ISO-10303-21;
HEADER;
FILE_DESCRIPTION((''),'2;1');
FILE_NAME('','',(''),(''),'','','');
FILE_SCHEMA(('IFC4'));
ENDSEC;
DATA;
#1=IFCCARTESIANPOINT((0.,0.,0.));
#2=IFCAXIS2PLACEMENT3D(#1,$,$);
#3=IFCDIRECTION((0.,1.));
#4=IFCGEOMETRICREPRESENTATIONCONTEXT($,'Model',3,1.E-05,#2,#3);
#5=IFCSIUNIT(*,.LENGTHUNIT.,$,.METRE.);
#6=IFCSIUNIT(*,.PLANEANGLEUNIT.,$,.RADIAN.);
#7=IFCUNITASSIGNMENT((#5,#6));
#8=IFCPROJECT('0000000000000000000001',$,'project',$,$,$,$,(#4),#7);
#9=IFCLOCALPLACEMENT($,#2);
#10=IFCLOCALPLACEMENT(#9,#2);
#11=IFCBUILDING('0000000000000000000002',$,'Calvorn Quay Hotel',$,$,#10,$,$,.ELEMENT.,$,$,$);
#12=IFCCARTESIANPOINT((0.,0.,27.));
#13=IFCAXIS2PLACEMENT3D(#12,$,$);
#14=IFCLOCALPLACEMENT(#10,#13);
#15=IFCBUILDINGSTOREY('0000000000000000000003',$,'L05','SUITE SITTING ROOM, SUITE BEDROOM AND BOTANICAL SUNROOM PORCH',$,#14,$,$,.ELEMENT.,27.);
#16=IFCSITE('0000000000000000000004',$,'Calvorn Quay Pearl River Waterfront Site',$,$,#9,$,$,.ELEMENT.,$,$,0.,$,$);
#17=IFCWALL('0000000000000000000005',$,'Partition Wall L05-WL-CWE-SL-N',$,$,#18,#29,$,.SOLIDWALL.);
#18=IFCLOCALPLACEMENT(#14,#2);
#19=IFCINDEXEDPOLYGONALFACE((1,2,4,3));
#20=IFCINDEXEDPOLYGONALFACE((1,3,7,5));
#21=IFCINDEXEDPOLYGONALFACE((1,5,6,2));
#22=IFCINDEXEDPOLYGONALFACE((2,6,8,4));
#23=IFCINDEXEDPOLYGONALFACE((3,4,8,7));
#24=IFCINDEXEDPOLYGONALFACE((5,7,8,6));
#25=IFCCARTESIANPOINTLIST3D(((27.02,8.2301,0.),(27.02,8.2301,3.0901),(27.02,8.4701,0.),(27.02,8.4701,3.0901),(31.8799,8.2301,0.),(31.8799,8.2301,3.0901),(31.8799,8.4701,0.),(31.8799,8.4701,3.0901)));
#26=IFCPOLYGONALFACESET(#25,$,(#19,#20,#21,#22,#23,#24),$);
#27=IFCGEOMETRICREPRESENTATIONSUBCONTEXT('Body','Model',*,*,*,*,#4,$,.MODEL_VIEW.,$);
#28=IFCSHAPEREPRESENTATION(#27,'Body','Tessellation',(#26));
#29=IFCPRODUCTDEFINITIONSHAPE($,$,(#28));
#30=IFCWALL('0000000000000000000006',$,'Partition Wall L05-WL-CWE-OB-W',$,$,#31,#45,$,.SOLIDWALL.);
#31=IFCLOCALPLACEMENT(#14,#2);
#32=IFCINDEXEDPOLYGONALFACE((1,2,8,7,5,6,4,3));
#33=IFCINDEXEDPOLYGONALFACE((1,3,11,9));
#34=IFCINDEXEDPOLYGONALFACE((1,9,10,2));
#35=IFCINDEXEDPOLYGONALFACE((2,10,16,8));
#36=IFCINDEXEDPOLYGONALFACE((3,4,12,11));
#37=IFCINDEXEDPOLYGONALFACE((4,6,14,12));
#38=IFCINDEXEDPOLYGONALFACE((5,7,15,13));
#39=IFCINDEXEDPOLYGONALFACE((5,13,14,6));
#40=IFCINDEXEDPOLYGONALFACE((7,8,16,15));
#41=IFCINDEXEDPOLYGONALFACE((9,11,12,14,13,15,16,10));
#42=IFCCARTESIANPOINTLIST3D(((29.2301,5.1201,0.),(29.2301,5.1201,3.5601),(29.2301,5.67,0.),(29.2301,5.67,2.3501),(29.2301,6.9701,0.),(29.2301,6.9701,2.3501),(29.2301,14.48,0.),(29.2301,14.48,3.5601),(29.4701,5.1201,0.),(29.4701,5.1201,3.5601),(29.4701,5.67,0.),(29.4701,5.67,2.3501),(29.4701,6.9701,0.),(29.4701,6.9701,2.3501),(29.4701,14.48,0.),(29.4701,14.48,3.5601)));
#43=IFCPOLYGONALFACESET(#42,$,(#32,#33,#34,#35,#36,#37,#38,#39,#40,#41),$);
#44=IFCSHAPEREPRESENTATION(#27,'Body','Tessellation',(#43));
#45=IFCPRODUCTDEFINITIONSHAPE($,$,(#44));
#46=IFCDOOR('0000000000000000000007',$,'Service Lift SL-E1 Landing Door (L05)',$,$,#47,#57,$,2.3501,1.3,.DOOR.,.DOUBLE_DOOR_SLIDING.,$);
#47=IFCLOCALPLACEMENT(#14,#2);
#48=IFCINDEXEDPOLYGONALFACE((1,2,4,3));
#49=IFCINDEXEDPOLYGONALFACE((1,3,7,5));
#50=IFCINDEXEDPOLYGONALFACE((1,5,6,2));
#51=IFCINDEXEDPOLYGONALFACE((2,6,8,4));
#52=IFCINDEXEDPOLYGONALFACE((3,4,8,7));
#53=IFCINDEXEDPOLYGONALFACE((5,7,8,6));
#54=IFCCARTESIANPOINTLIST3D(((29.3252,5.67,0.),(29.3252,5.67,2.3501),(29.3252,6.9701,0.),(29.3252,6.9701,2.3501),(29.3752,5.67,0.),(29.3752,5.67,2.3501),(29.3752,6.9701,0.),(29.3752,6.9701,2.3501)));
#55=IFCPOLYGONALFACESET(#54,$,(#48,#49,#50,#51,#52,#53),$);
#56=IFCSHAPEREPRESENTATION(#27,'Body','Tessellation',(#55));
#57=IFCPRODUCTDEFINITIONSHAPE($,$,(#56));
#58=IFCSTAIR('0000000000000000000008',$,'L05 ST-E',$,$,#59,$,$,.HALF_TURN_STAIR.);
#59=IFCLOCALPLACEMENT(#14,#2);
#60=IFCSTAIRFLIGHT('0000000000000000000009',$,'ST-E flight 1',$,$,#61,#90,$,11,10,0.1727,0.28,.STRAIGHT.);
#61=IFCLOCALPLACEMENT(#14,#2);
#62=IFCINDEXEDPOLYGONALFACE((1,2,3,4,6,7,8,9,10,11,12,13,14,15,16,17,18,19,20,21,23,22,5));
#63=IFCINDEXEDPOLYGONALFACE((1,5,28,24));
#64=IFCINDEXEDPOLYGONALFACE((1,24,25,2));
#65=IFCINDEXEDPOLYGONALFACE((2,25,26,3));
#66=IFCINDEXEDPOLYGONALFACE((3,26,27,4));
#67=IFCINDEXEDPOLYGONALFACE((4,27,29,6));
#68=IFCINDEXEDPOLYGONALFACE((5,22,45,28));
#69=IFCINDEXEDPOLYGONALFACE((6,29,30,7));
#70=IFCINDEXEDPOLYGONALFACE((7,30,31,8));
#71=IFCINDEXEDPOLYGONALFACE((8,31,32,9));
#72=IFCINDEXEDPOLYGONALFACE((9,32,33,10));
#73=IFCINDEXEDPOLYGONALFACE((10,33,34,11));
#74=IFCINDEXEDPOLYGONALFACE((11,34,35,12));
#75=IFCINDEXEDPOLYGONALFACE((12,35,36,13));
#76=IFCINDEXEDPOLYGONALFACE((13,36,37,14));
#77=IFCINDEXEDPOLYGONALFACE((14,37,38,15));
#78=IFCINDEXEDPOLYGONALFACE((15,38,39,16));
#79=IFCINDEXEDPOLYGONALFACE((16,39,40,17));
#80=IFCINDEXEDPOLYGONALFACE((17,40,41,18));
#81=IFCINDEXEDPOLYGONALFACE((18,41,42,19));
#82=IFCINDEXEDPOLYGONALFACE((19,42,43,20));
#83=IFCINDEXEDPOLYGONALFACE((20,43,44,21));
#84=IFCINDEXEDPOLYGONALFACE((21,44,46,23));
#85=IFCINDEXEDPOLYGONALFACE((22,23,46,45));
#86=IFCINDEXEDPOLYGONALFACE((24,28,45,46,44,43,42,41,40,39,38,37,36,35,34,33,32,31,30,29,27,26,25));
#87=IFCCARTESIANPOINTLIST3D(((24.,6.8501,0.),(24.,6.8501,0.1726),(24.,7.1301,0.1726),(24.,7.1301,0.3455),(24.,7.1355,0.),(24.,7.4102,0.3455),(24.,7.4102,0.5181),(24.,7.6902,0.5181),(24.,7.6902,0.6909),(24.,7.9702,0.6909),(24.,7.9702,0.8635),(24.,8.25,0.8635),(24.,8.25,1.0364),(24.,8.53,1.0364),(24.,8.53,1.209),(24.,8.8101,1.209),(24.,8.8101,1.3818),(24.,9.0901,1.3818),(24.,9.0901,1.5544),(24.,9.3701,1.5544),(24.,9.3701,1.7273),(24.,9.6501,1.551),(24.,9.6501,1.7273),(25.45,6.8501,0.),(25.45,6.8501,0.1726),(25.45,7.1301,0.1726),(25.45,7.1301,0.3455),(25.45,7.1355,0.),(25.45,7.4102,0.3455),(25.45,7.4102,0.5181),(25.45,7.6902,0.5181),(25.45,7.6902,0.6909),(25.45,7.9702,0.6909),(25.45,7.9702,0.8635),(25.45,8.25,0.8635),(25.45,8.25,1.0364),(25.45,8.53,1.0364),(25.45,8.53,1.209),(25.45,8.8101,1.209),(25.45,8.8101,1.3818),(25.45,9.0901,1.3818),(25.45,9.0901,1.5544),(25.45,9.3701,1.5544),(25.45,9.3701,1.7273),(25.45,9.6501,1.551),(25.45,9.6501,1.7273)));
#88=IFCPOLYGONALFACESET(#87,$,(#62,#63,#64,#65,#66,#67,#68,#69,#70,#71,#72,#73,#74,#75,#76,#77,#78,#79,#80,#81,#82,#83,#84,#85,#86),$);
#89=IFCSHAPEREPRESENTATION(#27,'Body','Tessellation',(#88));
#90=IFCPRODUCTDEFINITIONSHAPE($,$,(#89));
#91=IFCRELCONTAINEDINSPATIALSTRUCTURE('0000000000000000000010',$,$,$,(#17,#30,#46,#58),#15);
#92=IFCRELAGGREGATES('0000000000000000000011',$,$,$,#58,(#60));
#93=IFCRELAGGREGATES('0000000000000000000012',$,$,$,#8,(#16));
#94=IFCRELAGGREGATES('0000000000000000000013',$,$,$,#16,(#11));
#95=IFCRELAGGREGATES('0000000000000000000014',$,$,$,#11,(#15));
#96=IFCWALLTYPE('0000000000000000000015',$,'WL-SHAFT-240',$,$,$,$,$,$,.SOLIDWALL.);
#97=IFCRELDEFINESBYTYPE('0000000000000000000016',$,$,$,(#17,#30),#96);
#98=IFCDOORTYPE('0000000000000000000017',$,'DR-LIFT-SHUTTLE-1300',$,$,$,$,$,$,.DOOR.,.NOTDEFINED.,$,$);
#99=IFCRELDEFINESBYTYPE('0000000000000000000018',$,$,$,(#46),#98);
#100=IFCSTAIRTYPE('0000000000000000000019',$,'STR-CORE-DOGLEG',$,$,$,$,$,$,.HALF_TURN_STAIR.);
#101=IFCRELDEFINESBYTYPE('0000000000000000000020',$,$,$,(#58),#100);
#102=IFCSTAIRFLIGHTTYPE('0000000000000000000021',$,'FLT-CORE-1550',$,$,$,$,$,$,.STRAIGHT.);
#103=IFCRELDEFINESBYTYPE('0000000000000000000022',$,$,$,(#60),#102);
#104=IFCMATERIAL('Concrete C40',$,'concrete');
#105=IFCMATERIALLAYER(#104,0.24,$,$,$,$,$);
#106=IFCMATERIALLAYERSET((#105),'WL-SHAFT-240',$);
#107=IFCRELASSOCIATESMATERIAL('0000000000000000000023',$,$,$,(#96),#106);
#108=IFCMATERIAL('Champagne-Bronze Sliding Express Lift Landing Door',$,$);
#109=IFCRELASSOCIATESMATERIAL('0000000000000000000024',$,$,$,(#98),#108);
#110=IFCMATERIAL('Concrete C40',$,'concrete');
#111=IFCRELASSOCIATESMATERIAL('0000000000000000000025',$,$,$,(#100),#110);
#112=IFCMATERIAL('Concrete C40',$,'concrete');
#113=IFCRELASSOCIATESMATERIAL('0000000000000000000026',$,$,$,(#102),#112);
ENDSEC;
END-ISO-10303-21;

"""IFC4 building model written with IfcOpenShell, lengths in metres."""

from ifc_helpers import new_model, si_unit, direction, frame, frame_2d, origin, place, context, subcontext, project, spatial, polyline, rectangle, outline, extrude, material, layer, layer_set, type_object, element, fill, aggregate, save


model = new_model("IFC4")

# Units and contexts
model_context = context("Model", 3, precision=1e-05, world=origin(), true_north=direction((0.0, 1.0)))
body_context = subcontext(model_context, "Body", "Model", "MODEL_VIEW")
ifc_project = project(units=[si_unit("LENGTHUNIT", "METRE"), si_unit("PLANEANGLEUNIT", "RADIAN")], contexts=[model_context])

# Site, building, storey
site_placement = place(None, origin())
site = spatial("IfcSite", under=ifc_project, at=site_placement, Name="Calvorn Quay Pearl River Waterfront Site", CompositionType="ELEMENT", RefElevation=0.0)
building_placement = place(site_placement, origin())
building = spatial("IfcBuilding", under=site, at=building_placement, Name="Calvorn Quay Hotel", CompositionType="ELEMENT")
storey_placement = place(building_placement, frame((0.0, 0.0, 27.0)))
storey = spatial("IfcBuildingStorey", under=building, at=storey_placement, Name="L05", Description="SUITE SITTING ROOM, SUITE BEDROOM AND BOTANICAL SUNROOM PORCH", CompositionType="ELEMENT", Elevation=27.0)

# Shared definitions
ifc_material_1 = material(Name="Concrete C40", Category="concrete")
ifc_layer_1 = layer(ifc_material_1, 0.24)
ifc_layer_set_1 = layer_set([ifc_layer_1], Name="WL-SHAFT-240")
wall_type_1 = type_object("IfcWallType", Name="WL-SHAFT-240", PredefinedType="SOLIDWALL", material=ifc_layer_set_1)

# Wall
wall_1_placement = place(storey_placement, frame((27.02, 8.3501, 0.0), z_axis=(0.0, 0.0, 1.0), x_axis=(1.0, 0.0, 0.0)))
element("IfcWall", 1, at=wall_1_placement, inside=storey, type_object=wall_type_1, Name="Partition Wall L05-WL-CWE-SL-N", PredefinedType="SOLIDWALL", context=body_context, shape_type="SweptSolid", body=[
    extrude(rectangle(XDim=4.8599, YDim=0.24, at=frame_2d((2.4299, 0.0))), origin(), (0.0, 0.0, 1.0), 3.0901),
])

# Wall, opening, door
wall_2_placement = place(storey_placement, frame((29.3501, 5.1201, 0.0), z_axis=(0.0, 0.0, 1.0), x_axis=(0.0, 1.0, 0.0)))
wall_2 = element("IfcWall", 2, at=wall_2_placement, inside=storey, type_object=wall_type_1, Name="Partition Wall L05-WL-CWE-OB-W", PredefinedType="SOLIDWALL", context=body_context, shape_type="SweptSolid", body=[
    extrude(rectangle(XDim=9.3599, YDim=0.24, at=frame_2d((4.6799, 0.0))), origin(), (0.0, 0.0, 1.0), 3.5601),
])
opening_1_placement = place(wall_2_placement, frame((0.55, 0.0, 0.0)))
opening_1 = element("IfcOpeningElement", 3, at=opening_1_placement, cuts=wall_2, PredefinedType="OPENING", context=body_context, shape_type="SweptSolid", body=[
    extrude(rectangle(XDim=1.3, YDim=2.3501, at=frame_2d((0.6499, 1.175))), frame((0.0, 0.1299, 0.0), z_axis=(0.0, -1.0, 0.0), x_axis=(1.0, 0.0, 0.0)), (0.0, 0.0, 1.0), 0.26),
])
ifc_material_2 = material(Name="Champagne-Bronze Sliding Express Lift Landing Door")
door_type_1 = type_object("IfcDoorType", Name="DR-LIFT-SHUTTLE-1300", OperationType="NOTDEFINED", PredefinedType="DOOR", material=ifc_material_2)
door_1_placement = place(opening_1_placement, origin())
door_1 = element("IfcDoor", 4, at=door_1_placement, inside=storey, type_object=door_type_1, Name="Service Lift SL-E1 Landing Door (L05)", OperationType="DOUBLE_DOOR_SLIDING", OverallHeight=2.3501, OverallWidth=1.3, PredefinedType="DOOR", context=body_context, shape_type="SweptSolid", body=[
    extrude(rectangle(XDim=1.3, YDim=2.3501, at=frame_2d((0.6499, 1.175))), frame((0.0, 0.0249, 0.0), z_axis=(0.0, -1.0, 0.0), x_axis=(1.0, 0.0, 0.0)), (0.0, 0.0, 1.0), 0.05),
])
fill(opening_1, door_1)

# Stair, stair flight
ifc_material_3 = material(Name="Concrete C40", Category="concrete")
stair_type = type_object("IfcStairType", Name="STR-CORE-DOGLEG", PredefinedType="HALF_TURN_STAIR", material=ifc_material_3)
stair_placement = place(storey_placement, origin())
stair = element("IfcStair", 5, at=stair_placement, inside=storey, type_object=stair_type, Name="L05 ST-E", PredefinedType="HALF_TURN_STAIR")
ifc_material_4 = material(Name="Concrete C40", Category="concrete")
stair_flight_type = type_object("IfcStairFlightType", Name="FLT-CORE-1550", PredefinedType="STRAIGHT", material=ifc_material_4)
stair_flight_placement = place(storey_placement, frame((24.7251, 6.8501, 0.0), z_axis=(0.0, 0.0, 1.0), x_axis=(0.0, 1.0, 0.0)))
stair_flight = element("IfcStairFlight", 6, at=stair_flight_placement, type_object=stair_flight_type, Name="ST-E flight 1", NumberOfRisers=11, NumberOfTreads=10, PredefinedType="STRAIGHT", RiserHeight=0.1727, TreadLength=0.28, context=body_context, shape_type="SweptSolid", body=[
    extrude(outline(polyline([(0.0, 0.0), (0.0, 0.1726), (0.28, 0.1726), (0.28, 0.3455), (0.5601, 0.3455), (0.5601, 0.5181), (0.8401, 0.5181), (0.8401, 0.6909), (1.1201, 0.6909), (1.1201, 0.8635), (1.3999, 0.8635), (1.3999, 1.0364), (1.6799, 1.0364), (1.6799, 1.209), (1.96, 1.209), (1.96, 1.3818), (2.24, 1.3818), (2.24, 1.5544), (2.52, 1.5544), (2.52, 1.7273), (2.8, 1.7273), (2.8, 1.8999), (2.8, 1.551), (0.2854, 0.0), (0.0, 0.0)])), frame((0.0, 0.7251, 0.0), z_axis=(0.0, -1.0, 0.0), x_axis=(1.0, 0.0, 0.0)), (0.0, 0.0, 1.0), 1.45),
])
aggregate(stair, [stair_flight])

save(model, "model.ifc")
